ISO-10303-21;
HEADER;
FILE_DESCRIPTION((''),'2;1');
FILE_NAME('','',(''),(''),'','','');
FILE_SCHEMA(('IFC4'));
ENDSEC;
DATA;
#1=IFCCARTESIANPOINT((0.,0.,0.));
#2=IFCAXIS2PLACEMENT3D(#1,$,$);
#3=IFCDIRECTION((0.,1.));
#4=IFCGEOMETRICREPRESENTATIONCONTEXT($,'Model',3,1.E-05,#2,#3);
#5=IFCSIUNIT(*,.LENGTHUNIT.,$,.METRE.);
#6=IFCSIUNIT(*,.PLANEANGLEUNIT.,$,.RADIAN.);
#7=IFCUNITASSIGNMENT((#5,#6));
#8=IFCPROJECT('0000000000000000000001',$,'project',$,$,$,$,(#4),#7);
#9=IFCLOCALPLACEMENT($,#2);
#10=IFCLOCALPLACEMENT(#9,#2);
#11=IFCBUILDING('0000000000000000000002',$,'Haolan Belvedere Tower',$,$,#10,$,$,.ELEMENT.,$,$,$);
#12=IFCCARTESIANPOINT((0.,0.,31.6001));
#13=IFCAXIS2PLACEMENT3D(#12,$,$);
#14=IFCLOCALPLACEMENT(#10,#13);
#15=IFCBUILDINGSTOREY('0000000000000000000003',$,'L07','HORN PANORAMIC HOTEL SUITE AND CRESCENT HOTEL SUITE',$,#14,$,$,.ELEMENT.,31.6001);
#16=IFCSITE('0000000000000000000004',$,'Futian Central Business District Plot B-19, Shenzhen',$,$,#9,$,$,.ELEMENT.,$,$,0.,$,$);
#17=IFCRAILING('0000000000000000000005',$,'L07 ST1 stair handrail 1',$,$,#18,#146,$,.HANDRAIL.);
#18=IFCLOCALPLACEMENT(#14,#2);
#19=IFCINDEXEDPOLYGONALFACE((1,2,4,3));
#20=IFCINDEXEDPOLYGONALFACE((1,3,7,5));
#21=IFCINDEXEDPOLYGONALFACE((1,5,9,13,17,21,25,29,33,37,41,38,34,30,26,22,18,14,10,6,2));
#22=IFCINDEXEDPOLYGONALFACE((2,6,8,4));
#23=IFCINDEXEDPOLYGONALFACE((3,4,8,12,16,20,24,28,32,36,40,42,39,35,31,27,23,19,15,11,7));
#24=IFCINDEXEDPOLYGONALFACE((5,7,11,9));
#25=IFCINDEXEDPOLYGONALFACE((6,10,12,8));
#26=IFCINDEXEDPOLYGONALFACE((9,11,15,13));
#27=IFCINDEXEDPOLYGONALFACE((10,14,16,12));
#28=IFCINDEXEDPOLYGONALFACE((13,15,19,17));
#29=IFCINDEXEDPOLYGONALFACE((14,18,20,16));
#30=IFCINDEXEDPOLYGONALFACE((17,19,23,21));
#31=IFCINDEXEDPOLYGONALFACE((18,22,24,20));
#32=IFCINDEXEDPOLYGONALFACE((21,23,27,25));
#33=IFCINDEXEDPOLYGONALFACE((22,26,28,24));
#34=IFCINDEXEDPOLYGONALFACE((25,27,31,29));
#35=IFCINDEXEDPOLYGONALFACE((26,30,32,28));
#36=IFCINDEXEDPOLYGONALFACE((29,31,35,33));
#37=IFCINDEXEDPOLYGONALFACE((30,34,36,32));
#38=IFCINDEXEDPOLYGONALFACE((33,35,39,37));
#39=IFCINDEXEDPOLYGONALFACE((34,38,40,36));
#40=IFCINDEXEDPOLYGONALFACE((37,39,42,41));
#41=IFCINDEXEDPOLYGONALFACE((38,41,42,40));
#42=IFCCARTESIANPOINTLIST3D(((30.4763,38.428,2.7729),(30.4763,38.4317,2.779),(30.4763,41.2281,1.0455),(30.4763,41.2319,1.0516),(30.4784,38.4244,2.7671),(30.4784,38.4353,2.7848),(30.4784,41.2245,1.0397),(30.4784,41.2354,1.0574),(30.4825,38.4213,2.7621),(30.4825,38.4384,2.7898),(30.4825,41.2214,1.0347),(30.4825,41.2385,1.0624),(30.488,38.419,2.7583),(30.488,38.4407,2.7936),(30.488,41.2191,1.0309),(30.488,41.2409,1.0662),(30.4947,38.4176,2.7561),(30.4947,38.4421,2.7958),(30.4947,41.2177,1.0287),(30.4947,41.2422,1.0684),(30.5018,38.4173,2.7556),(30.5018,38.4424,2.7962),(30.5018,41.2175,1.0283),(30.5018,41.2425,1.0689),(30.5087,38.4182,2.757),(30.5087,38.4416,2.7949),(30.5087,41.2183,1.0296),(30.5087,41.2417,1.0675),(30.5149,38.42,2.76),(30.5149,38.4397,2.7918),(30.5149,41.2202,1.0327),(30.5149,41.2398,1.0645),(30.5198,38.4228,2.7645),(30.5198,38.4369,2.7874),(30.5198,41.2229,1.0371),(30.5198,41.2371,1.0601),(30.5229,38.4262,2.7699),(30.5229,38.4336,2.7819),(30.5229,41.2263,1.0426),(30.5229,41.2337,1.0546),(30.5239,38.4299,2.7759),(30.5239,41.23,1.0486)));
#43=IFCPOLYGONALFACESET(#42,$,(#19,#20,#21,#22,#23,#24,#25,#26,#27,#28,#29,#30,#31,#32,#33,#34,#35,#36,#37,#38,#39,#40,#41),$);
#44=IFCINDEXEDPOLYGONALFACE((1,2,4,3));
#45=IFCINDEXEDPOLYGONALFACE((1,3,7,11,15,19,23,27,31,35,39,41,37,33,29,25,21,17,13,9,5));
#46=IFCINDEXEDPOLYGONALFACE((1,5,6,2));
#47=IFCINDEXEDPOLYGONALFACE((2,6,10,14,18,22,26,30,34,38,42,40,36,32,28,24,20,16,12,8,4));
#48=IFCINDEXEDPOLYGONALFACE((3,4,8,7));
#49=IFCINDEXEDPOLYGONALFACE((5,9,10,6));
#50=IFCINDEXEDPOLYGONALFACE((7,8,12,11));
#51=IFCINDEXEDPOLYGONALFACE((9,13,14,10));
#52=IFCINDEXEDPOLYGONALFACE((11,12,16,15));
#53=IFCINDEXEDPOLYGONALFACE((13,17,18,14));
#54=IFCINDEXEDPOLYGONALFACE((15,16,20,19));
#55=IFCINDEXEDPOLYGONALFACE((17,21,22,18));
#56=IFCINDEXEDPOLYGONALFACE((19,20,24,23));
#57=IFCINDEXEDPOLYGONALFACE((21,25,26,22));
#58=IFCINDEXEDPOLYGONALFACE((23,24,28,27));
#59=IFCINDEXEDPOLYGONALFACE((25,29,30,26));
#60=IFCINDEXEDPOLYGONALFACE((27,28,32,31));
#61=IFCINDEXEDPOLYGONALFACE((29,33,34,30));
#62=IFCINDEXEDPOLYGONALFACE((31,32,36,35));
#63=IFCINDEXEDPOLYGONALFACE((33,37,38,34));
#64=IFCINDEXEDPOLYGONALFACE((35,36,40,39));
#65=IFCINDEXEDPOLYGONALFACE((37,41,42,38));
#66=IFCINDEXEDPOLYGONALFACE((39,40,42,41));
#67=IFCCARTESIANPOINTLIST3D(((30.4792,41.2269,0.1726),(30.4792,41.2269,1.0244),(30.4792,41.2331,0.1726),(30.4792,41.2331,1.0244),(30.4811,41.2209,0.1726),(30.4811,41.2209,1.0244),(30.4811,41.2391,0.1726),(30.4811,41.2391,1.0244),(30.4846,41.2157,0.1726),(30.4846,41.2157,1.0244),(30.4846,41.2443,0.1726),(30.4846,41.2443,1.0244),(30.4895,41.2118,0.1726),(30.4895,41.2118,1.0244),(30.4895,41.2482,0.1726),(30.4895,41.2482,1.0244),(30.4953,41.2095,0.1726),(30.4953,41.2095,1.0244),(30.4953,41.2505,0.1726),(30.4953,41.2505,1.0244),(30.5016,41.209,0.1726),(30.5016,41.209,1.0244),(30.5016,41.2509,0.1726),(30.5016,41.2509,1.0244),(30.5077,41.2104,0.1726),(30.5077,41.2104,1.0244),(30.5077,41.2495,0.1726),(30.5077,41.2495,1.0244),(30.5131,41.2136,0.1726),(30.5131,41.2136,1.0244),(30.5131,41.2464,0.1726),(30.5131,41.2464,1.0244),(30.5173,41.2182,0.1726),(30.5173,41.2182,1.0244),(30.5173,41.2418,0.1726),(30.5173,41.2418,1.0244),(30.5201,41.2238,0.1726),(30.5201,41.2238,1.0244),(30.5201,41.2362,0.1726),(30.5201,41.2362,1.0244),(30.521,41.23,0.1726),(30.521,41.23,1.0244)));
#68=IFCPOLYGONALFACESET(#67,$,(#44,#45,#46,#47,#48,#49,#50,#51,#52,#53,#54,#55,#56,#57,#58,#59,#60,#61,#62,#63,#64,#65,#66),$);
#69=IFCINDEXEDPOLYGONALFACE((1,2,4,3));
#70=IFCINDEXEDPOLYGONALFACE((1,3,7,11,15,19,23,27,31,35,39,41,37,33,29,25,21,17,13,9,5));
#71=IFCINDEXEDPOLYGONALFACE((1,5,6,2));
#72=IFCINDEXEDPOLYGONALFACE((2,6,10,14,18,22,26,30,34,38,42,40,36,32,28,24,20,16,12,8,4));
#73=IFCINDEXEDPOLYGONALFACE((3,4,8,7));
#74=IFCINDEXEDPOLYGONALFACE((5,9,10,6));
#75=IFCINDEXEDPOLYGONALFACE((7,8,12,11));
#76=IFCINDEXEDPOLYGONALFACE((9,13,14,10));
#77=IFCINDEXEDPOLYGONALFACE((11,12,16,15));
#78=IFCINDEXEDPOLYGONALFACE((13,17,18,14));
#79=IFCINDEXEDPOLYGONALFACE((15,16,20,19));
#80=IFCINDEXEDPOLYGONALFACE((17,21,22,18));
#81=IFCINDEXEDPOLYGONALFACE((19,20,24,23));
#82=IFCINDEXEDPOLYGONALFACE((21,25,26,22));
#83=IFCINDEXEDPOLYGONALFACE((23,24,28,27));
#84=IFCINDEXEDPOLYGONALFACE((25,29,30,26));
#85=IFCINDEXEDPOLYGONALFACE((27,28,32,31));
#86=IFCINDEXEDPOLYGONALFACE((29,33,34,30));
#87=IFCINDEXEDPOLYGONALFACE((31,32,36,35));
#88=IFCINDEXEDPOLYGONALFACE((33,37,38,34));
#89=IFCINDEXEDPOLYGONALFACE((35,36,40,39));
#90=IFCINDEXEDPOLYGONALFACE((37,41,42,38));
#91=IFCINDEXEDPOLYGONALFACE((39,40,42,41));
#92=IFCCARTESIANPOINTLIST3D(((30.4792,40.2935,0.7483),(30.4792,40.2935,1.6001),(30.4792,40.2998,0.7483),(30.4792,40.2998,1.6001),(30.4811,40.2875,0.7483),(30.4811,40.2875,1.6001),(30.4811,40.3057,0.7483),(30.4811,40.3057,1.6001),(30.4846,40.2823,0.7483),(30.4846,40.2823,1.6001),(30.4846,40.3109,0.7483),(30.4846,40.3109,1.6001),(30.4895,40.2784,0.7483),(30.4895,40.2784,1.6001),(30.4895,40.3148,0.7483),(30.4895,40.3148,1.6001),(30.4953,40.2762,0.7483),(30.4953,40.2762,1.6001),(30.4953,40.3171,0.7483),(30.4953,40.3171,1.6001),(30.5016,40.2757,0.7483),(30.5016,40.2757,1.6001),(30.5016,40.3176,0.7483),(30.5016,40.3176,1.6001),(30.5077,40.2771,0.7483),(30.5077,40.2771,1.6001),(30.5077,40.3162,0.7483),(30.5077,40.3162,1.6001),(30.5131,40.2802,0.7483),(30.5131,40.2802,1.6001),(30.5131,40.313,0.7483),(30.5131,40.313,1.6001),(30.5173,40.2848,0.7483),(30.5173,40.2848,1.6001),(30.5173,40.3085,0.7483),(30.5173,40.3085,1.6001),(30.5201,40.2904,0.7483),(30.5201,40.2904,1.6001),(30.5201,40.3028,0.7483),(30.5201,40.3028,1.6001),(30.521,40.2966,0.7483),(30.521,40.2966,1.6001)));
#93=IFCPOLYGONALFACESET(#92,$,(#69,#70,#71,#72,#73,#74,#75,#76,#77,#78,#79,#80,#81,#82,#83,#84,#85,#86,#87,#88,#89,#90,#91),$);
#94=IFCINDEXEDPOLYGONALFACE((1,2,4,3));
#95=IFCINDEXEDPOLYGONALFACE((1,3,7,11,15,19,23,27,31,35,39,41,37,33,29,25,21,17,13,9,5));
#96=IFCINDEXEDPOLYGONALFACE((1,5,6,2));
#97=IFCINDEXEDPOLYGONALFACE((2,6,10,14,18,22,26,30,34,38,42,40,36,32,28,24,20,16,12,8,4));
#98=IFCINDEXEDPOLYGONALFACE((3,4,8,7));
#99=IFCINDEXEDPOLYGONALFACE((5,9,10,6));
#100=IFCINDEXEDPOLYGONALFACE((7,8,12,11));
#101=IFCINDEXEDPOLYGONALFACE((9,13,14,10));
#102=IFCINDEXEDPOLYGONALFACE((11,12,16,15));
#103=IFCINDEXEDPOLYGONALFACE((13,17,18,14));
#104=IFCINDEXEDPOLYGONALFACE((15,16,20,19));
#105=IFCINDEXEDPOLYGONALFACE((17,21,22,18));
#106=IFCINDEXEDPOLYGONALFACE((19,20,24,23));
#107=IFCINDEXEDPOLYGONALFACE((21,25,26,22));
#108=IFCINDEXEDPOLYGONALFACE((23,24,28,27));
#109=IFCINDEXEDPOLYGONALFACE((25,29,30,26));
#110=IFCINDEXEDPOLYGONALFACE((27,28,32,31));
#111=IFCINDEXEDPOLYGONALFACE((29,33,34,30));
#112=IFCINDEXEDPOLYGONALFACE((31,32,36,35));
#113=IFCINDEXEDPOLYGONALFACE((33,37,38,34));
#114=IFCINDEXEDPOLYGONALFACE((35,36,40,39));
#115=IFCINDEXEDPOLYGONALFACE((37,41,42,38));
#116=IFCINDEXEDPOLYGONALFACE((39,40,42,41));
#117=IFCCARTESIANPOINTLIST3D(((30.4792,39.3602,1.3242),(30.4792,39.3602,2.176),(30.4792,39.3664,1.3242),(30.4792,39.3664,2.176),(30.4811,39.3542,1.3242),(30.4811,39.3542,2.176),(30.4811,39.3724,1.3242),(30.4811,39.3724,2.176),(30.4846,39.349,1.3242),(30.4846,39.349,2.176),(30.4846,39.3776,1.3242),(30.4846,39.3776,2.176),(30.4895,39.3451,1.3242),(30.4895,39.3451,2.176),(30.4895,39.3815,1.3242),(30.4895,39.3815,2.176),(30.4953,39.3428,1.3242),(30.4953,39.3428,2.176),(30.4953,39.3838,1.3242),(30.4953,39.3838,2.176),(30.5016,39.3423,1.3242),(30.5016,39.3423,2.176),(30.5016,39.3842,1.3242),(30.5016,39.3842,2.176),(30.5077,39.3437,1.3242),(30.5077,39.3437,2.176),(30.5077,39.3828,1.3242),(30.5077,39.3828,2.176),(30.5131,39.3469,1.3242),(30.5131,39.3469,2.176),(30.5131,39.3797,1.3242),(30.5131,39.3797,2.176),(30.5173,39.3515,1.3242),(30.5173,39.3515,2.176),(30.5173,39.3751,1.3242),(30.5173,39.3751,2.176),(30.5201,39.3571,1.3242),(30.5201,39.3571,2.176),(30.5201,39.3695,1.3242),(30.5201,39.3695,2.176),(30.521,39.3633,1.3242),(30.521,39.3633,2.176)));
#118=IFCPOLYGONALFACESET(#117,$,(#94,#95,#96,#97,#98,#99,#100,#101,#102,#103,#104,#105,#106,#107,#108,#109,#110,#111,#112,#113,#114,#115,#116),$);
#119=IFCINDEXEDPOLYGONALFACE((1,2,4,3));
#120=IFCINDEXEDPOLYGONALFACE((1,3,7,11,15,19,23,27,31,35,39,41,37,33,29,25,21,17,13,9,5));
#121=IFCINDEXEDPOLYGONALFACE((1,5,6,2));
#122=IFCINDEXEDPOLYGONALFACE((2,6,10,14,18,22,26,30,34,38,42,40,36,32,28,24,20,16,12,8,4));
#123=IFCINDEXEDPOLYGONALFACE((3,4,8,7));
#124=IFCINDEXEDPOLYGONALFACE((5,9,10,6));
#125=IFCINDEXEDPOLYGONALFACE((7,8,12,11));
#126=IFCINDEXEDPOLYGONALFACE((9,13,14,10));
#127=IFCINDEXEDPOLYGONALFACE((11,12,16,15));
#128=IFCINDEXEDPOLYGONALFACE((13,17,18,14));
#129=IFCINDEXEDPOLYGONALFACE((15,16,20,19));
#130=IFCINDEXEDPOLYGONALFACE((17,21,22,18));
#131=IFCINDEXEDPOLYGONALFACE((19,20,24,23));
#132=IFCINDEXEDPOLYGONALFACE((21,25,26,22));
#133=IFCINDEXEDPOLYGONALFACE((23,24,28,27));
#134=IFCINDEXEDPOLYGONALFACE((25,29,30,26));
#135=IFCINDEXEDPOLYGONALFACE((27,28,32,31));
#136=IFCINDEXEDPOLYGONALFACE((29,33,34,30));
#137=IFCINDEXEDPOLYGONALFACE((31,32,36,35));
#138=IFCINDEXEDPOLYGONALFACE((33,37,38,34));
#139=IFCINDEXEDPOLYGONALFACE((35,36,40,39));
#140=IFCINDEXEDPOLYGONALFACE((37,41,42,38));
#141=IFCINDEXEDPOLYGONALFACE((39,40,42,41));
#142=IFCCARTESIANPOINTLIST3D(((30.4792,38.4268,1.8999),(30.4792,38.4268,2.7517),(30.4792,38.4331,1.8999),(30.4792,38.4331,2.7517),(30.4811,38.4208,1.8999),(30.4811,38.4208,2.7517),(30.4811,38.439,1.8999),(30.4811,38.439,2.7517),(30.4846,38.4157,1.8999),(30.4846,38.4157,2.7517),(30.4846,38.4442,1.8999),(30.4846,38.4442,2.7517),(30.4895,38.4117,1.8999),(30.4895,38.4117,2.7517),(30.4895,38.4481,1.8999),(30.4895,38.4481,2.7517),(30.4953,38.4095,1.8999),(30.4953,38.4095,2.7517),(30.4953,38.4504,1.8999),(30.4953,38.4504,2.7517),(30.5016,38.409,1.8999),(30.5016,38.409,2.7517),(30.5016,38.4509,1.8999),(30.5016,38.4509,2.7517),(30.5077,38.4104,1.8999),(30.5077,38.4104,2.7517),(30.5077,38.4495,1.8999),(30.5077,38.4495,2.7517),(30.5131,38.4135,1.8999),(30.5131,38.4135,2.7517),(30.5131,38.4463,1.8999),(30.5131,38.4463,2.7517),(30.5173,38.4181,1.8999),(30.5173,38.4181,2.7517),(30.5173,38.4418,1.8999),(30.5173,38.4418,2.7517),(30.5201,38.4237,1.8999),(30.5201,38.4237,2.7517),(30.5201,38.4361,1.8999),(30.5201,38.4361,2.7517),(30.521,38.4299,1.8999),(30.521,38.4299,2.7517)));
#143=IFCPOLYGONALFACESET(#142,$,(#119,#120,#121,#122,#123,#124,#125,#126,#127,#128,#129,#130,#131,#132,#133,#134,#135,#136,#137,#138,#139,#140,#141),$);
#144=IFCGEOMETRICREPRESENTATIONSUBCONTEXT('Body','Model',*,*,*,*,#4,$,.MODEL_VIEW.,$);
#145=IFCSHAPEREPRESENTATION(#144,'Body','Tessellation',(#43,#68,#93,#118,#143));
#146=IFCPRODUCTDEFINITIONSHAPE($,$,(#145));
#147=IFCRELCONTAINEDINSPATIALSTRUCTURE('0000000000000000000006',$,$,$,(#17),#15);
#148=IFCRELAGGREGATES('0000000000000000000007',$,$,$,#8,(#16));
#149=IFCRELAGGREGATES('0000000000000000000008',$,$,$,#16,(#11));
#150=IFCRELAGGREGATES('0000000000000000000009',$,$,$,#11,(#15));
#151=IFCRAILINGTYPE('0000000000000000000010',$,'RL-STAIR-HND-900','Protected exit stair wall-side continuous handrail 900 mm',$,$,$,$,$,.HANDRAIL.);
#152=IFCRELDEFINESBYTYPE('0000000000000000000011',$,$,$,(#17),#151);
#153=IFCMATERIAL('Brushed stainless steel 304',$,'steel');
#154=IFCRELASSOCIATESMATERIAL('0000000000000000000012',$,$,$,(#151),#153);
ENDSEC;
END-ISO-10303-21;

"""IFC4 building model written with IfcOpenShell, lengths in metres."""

from ifc_helpers import new_model, si_unit, direction, frame, origin, origin_2d, place, context, subcontext, project, spatial, circle, extrude, material, type_object, element, save


model = new_model("IFC4")

# Units and contexts
model_context = context("Model", 3, precision=1e-05, world=origin(), true_north=direction((0.0, 1.0)))
body_context = subcontext(model_context, "Body", "Model", "MODEL_VIEW")
ifc_project = project(units=[si_unit("LENGTHUNIT", "METRE"), si_unit("PLANEANGLEUNIT", "RADIAN")], contexts=[model_context])

# Site, building, storey
site_placement = place(None, origin())
site = spatial("IfcSite", under=ifc_project, at=site_placement, Name="Futian Central Business District Plot B-19, Shenzhen", CompositionType="ELEMENT", RefElevation=0.0)
building_placement = place(site_placement, origin())
building = spatial("IfcBuilding", under=site, at=building_placement, Name="Haolan Belvedere Tower", CompositionType="ELEMENT")
storey_placement = place(building_placement, frame((0.0, 0.0, 31.6001)))
storey = spatial("IfcBuildingStorey", under=building, at=storey_placement, Name="L07", Description="HORN PANORAMIC HOTEL SUITE AND CRESCENT HOTEL SUITE", CompositionType="ELEMENT", Elevation=31.6001)

# Railing
ifc_material_1 = material(Name="Brushed stainless steel 304", Category="steel")
railing_type_1 = type_object("IfcRailingType", Name="RL-STAIR-HND-900", Description="Protected exit stair wall-side continuous handrail 900 mm", PredefinedType="HANDRAIL", material=ifc_material_1)
railing_1_placement = place(storey_placement, frame((30.5, 41.23, 0.1726)))
element("IfcRailing", 1, at=railing_1_placement, inside=storey, type_object=railing_type_1, Name="L07 ST1 stair handrail 1", PredefinedType="HANDRAIL", context=body_context, shape_type="SweptSolid", body=[
    extrude(circle(Radius=0.0239, at=origin_2d()), frame((0.0, 0.0, 0.876), z_axis=(0.0, -0.85109, 0.52502), x_axis=(1.0, 0.0, 0.0)), (0.0, 0.0, 1.0), 3.29),
    extrude(circle(Radius=0.021, at=origin_2d()), origin(), (0.0, 0.0, 1.0), 0.8518),
    extrude(circle(Radius=0.021, at=origin_2d()), frame((0.0, -0.9333, 0.5757)), (0.0, 0.0, 1.0), 0.8518),
    extrude(circle(Radius=0.021, at=origin_2d()), frame((0.0, -1.8667, 1.1516)), (0.0, 0.0, 1.0), 0.8518),
    extrude(circle(Radius=0.021, at=origin_2d()), frame((0.0, -2.8, 1.7273)), (0.0, 0.0, 1.0), 0.8518),
])

save(model, "model.ifc")
